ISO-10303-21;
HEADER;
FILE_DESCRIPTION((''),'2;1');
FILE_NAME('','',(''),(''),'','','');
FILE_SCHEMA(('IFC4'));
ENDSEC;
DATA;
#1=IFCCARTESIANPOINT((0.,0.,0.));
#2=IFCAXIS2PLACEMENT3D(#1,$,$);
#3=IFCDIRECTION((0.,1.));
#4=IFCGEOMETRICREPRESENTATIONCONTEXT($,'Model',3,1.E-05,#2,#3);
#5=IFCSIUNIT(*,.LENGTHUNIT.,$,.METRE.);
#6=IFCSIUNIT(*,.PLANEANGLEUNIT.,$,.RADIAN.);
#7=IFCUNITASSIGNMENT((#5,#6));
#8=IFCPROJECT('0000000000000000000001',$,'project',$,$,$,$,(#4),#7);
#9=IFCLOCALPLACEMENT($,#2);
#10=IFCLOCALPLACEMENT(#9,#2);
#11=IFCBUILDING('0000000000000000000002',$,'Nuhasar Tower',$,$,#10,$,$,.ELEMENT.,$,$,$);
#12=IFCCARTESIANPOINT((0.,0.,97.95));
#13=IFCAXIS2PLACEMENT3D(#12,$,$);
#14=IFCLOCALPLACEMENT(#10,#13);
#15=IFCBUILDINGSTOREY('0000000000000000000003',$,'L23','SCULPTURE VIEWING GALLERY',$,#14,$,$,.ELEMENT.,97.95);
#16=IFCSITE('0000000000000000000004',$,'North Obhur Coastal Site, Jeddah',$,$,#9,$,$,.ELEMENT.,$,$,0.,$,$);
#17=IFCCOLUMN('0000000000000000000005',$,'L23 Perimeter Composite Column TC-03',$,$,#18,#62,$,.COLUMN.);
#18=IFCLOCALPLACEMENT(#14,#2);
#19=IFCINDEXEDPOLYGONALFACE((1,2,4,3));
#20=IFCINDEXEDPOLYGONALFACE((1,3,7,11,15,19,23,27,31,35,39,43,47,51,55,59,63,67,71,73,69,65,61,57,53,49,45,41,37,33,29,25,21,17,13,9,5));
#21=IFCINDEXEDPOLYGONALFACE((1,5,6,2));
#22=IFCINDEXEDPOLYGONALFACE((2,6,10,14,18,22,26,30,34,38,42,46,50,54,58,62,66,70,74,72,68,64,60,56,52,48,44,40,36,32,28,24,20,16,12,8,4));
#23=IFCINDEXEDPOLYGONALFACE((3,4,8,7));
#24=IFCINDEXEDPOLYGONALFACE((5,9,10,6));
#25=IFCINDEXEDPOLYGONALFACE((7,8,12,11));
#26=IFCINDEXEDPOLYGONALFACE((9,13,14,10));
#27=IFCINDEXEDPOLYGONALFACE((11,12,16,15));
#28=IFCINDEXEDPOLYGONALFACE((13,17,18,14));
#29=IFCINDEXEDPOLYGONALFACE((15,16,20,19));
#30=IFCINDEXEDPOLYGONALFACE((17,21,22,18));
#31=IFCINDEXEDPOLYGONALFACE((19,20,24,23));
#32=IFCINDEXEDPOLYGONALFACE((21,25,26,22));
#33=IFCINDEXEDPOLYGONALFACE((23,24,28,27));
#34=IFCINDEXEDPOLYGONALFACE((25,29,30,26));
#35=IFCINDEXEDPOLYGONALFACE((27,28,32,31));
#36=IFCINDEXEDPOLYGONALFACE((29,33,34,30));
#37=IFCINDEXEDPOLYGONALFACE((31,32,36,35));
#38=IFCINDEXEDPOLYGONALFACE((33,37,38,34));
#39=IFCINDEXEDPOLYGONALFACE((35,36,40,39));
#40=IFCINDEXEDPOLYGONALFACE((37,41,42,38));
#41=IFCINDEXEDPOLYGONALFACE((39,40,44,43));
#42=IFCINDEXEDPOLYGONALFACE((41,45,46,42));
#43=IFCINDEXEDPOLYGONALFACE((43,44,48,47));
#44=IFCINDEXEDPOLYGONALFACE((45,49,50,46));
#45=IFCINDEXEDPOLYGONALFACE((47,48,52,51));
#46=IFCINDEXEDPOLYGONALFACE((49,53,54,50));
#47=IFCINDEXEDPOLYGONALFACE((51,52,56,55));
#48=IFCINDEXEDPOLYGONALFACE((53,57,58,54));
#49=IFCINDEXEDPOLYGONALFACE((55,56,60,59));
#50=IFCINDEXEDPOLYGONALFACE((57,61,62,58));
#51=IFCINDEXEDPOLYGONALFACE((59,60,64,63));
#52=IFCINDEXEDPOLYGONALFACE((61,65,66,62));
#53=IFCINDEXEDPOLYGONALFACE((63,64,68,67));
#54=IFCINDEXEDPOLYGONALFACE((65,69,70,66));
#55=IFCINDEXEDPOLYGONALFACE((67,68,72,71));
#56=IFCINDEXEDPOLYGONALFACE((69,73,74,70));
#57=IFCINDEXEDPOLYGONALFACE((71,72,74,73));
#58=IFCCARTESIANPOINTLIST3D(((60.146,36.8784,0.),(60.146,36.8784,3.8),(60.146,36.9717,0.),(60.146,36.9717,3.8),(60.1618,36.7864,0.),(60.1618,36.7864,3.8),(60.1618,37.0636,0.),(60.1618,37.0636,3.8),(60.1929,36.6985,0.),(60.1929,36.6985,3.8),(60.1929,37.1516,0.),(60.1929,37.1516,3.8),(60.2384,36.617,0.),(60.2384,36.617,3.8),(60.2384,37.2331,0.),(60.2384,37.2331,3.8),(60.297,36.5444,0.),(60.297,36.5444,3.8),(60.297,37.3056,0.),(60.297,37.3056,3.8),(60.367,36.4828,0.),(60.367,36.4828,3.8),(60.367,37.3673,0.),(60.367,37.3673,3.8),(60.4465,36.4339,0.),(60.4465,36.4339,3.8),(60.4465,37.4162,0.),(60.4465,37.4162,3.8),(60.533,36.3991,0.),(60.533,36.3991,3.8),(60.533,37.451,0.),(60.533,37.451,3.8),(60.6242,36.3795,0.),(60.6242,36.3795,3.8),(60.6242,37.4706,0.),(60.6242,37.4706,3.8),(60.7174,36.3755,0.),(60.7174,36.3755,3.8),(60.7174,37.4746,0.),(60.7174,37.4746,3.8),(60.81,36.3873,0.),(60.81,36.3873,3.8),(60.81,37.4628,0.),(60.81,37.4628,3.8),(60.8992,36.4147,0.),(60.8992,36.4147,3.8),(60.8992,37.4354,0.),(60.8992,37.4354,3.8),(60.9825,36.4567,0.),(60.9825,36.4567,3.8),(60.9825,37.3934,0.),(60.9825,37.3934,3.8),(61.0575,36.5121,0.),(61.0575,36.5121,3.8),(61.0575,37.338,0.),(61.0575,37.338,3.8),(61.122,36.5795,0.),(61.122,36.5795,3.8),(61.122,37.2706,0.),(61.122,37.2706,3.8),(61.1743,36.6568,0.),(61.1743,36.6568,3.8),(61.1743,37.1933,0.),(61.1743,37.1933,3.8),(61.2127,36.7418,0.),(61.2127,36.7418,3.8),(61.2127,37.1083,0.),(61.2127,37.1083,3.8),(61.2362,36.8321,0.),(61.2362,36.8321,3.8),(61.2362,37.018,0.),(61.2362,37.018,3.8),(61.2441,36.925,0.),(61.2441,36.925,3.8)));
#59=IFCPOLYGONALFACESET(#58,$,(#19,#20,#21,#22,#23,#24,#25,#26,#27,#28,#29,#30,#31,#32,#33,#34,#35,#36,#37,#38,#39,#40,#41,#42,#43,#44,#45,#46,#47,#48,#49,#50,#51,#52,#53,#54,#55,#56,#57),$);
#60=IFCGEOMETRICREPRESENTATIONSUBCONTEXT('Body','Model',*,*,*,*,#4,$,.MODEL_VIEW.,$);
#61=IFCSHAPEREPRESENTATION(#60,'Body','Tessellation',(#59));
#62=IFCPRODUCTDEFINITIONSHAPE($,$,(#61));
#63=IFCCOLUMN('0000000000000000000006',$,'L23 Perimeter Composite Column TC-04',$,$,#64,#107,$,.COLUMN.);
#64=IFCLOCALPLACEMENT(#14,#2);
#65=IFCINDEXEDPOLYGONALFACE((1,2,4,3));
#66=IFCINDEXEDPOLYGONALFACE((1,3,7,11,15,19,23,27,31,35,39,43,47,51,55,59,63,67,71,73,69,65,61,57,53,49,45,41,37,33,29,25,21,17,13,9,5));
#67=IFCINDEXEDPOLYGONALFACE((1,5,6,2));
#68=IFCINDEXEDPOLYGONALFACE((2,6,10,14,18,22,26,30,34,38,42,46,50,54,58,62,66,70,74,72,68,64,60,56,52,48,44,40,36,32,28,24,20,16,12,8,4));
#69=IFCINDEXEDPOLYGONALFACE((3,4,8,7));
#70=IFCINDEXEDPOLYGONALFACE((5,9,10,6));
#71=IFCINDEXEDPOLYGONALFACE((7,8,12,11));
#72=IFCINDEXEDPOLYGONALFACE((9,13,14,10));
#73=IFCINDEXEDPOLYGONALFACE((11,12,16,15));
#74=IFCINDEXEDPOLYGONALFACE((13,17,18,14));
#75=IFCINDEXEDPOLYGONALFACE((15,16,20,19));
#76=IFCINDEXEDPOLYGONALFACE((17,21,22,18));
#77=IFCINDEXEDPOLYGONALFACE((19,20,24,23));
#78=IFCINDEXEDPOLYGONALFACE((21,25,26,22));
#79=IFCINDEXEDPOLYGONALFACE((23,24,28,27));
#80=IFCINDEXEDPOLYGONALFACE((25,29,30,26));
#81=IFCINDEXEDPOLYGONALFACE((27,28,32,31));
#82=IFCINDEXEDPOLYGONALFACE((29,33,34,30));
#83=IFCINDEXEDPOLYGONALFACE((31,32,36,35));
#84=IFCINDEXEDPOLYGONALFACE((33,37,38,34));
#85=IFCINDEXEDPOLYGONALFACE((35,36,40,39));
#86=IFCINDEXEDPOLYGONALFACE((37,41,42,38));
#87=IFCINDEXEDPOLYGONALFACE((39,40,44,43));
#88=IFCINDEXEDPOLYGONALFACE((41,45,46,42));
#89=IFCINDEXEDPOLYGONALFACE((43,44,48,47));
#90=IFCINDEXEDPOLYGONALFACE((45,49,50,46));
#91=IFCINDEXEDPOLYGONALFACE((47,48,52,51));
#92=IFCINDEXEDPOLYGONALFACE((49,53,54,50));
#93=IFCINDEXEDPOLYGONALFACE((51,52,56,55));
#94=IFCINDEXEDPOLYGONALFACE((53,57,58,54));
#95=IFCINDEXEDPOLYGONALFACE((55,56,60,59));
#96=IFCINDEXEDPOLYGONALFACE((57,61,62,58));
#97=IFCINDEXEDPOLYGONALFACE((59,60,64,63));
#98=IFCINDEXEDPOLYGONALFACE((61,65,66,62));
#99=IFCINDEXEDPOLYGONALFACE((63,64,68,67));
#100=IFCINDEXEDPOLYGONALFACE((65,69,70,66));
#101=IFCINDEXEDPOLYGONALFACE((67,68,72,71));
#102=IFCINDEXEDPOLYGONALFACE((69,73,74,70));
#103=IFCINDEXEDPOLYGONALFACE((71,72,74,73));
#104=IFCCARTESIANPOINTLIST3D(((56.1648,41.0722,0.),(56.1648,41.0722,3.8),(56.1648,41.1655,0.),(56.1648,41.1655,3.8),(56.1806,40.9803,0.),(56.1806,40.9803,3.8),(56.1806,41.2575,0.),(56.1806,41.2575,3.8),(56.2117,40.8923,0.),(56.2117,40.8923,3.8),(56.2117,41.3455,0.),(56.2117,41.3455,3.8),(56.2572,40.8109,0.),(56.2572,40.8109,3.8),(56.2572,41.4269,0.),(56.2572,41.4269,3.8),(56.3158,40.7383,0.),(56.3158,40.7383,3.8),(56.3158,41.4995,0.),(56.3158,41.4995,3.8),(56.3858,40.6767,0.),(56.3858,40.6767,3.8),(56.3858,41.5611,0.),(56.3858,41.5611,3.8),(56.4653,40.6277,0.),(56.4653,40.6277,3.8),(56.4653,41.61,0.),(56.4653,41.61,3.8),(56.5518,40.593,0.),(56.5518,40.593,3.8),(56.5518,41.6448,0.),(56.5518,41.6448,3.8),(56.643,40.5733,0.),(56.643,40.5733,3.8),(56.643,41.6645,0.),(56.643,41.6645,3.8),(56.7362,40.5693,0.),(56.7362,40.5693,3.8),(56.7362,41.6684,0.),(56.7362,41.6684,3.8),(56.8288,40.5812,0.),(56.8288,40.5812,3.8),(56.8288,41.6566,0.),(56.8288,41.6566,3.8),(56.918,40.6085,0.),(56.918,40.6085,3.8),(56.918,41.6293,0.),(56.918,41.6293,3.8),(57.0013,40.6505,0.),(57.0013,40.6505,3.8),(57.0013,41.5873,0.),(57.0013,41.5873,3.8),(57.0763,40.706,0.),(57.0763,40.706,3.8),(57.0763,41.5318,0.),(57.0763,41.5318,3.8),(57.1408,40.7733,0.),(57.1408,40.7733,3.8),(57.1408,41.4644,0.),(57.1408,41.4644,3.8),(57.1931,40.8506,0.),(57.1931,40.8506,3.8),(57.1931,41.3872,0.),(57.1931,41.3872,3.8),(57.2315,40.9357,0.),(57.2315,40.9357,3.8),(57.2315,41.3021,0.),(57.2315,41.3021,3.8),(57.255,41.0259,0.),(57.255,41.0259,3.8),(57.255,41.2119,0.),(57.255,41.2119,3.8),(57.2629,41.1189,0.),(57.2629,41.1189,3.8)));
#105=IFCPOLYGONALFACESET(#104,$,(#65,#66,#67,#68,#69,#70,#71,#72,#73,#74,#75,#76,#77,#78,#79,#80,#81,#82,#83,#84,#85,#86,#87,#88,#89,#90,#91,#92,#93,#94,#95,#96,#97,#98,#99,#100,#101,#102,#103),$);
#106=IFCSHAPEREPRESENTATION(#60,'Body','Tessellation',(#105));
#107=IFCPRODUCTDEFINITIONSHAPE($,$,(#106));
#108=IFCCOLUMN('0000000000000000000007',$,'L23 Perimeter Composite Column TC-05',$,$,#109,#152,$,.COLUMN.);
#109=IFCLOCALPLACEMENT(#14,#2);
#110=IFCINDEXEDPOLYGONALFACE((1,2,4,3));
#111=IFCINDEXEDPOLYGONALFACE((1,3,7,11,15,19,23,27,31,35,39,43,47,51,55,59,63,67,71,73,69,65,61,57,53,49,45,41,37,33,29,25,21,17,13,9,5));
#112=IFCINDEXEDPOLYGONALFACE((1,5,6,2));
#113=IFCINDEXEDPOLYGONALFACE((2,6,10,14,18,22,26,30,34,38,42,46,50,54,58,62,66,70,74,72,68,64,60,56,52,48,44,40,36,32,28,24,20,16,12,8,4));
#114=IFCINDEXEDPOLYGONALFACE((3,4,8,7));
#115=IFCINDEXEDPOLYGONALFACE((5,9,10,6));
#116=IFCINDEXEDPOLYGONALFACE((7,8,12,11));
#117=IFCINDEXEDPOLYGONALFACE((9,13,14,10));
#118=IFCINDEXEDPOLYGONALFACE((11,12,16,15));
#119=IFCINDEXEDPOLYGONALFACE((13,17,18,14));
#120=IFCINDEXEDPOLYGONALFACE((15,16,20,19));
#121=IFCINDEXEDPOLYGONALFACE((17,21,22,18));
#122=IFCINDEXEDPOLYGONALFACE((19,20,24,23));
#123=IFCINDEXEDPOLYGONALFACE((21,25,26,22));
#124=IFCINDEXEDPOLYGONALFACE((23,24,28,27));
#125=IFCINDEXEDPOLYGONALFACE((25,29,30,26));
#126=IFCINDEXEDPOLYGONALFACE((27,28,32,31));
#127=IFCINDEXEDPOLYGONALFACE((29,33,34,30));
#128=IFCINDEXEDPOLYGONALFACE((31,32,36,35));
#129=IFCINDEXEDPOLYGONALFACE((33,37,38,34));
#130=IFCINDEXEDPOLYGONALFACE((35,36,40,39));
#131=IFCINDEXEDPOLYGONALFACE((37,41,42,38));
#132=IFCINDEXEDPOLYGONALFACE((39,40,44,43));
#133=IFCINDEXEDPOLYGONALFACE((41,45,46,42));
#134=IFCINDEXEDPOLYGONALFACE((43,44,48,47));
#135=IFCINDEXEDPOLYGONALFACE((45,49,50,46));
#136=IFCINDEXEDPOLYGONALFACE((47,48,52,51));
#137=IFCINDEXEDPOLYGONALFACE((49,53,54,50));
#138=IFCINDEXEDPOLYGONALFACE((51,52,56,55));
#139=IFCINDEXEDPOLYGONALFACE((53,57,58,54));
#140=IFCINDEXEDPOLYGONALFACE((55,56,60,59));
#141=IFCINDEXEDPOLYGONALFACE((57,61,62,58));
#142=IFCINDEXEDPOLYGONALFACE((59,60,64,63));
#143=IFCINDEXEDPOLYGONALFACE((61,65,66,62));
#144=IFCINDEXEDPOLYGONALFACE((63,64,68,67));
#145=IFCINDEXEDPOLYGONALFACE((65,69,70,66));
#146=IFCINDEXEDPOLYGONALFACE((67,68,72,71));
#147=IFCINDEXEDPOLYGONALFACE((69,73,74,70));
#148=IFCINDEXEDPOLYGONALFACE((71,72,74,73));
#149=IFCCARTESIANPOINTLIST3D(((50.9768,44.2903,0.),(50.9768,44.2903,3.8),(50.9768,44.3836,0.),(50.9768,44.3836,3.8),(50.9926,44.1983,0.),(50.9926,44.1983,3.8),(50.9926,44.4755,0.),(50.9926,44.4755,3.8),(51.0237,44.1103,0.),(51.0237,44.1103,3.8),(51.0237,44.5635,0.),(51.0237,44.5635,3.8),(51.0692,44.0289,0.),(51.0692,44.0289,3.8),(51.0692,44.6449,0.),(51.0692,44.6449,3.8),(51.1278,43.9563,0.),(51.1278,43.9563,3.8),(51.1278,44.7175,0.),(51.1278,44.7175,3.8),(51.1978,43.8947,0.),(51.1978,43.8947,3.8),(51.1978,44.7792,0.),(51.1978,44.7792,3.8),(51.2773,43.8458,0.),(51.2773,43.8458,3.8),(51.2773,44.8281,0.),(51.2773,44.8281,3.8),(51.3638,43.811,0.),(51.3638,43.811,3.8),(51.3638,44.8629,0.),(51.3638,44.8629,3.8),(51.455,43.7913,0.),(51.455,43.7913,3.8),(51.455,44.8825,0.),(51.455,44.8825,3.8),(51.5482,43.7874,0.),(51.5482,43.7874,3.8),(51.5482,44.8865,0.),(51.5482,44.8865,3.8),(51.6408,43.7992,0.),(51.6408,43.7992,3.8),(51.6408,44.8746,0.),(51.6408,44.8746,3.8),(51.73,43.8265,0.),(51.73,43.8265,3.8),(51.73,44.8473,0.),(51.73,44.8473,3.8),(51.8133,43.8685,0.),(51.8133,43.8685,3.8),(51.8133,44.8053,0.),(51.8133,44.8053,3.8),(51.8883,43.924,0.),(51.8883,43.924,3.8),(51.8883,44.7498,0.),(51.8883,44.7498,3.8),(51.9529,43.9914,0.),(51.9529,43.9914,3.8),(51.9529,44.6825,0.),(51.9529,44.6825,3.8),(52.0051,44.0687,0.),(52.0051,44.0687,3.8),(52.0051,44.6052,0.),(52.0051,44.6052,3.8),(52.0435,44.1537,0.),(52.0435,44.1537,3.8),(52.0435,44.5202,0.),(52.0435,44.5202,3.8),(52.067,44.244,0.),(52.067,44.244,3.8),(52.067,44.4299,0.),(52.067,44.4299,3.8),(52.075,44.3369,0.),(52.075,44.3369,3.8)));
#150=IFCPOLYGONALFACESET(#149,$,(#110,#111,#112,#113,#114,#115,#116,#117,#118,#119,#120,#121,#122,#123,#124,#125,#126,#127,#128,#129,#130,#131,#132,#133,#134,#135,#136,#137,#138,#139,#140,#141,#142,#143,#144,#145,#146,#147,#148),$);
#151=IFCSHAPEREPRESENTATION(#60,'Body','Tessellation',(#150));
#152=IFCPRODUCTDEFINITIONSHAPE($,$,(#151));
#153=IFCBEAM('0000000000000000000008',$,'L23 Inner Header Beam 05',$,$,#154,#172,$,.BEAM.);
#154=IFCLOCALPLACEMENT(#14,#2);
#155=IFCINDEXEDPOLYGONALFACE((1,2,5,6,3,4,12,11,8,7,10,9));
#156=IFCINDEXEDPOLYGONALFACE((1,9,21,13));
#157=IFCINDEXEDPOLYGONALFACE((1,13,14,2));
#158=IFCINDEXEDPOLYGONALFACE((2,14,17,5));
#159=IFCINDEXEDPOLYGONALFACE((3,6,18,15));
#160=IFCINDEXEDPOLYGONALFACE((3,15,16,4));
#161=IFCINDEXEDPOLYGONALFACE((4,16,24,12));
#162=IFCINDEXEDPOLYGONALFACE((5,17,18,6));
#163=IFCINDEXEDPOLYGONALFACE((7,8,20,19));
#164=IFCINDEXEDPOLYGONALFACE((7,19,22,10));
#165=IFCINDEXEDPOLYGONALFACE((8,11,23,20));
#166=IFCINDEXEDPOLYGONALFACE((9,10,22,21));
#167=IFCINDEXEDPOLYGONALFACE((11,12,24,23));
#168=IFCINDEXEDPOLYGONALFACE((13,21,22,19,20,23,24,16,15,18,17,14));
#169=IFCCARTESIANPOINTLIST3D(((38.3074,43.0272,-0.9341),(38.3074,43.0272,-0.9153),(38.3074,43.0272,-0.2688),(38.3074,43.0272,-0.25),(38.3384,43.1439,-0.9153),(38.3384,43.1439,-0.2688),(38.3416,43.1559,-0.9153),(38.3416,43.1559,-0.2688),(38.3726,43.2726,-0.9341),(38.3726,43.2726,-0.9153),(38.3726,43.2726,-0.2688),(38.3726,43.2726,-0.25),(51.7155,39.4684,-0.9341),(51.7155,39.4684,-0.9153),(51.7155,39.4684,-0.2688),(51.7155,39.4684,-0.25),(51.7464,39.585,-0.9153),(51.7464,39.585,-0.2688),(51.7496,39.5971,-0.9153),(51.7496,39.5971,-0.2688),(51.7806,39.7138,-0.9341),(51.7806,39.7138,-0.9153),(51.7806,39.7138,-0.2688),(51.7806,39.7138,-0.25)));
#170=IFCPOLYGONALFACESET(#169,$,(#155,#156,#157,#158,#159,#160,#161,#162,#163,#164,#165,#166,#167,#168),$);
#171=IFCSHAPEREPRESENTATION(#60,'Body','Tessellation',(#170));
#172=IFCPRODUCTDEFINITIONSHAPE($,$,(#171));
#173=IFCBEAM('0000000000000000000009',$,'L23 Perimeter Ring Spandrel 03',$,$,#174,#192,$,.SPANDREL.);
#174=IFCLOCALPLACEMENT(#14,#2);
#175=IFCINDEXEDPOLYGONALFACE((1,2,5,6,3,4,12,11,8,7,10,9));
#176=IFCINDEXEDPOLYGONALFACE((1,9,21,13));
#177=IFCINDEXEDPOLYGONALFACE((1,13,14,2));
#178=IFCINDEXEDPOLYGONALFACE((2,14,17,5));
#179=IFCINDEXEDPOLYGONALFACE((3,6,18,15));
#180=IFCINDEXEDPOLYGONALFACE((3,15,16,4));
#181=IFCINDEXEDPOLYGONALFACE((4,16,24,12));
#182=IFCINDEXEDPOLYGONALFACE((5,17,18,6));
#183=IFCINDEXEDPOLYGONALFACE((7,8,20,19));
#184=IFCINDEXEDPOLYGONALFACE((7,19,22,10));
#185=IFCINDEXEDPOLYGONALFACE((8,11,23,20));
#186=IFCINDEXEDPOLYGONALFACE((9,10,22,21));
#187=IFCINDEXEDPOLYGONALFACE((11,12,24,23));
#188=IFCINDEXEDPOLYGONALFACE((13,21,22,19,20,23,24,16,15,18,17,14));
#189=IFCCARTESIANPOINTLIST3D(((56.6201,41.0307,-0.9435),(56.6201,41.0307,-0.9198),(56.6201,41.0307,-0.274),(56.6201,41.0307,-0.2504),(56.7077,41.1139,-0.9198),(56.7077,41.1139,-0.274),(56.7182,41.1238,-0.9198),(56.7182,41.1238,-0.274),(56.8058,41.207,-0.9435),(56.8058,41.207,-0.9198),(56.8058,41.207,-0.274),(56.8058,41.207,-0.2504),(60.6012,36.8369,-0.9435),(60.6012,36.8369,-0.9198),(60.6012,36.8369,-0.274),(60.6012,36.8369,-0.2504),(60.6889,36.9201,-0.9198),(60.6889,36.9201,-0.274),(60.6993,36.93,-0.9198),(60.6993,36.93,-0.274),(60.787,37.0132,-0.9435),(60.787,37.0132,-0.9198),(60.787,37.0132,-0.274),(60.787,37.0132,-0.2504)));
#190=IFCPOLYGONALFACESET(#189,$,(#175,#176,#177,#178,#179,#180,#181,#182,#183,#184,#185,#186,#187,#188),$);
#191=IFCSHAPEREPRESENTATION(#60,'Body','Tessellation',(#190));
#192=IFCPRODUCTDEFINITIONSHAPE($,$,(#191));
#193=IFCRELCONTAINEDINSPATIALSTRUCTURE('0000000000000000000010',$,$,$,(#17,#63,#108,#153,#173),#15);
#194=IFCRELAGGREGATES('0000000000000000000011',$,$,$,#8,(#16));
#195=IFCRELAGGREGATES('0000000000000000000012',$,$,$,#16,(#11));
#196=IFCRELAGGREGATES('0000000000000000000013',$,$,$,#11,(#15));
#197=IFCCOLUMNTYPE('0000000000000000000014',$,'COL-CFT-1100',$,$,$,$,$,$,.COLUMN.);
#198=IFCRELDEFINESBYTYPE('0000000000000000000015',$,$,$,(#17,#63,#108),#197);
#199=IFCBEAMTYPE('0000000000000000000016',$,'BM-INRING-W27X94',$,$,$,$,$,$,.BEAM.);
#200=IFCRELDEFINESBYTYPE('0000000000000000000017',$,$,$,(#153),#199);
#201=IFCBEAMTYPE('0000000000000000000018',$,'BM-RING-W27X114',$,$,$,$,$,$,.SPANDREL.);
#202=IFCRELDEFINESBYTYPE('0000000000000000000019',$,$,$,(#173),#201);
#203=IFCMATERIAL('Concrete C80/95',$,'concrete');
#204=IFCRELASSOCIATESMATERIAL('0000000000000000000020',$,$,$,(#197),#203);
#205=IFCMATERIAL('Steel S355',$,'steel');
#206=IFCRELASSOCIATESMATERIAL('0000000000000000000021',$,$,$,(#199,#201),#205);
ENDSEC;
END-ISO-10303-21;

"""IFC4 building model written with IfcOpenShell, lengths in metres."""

from ifc_helpers import new_model, si_unit, direction, frame, origin, origin_2d, place, context, subcontext, project, spatial, circle, i_section, extrude, material, material_profile, profile_set, type_object, element, save


model = new_model("IFC4")

# Units and contexts
model_context = context("Model", 3, precision=1e-05, world=origin(), true_north=direction((0.0, 1.0)))
body_context = subcontext(model_context, "Body", "Model", "MODEL_VIEW")
ifc_project = project(units=[si_unit("LENGTHUNIT", "METRE"), si_unit("PLANEANGLEUNIT", "RADIAN")], contexts=[model_context])

# Site, building, storey
site_placement = place(None, origin())
site = spatial("IfcSite", under=ifc_project, at=site_placement, Name="North Obhur Coastal Site, Jeddah", CompositionType="ELEMENT", RefElevation=0.0)
building_placement = place(site_placement, origin())
building = spatial("IfcBuilding", under=site, at=building_placement, Name="Nuhasar Tower", CompositionType="ELEMENT")
storey_placement = place(building_placement, frame((0.0, 0.0, 97.95)))
storey = spatial("IfcBuildingStorey", under=building, at=storey_placement, Name="L23", Description="SCULPTURE VIEWING GALLERY", CompositionType="ELEMENT", Elevation=97.95)

# Columns
ifc_material_1 = material(Name="Concrete C80/95", Category="concrete")
ifc_material_profile_1 = material_profile(ifc_material_1, circle(Radius=0.55, at=origin_2d()), Name="CFT1100")
ifc_profile_set_1 = profile_set([ifc_material_profile_1], Name="Concrete C80/95")
column_type = type_object("IfcColumnType", Name="COL-CFT-1100", PredefinedType="COLUMN", material=ifc_profile_set_1)
for number, where, z_axis, x_axis, name in (
    (1, (60.6941, 36.925, 0.0), (0.0, 0.0, 1.0), (1.0, 0.0, 0.0), "L23 Perimeter Composite Column TC-03"),
    (2, (56.7129, 41.1189, 0.0), (0.0, 0.0, 1.0), (1.0, 0.0, 0.0), "L23 Perimeter Composite Column TC-04"),
    (3, (51.5249, 44.3369, 0.0), (0.0, 0.0, 1.0), (1.0, 0.0, 0.0), "L23 Perimeter Composite Column TC-05"),
):
    element("IfcColumn", number, at=place(storey_placement, frame(where, z_axis=z_axis, x_axis=x_axis)), inside=storey, type_object=column_type, Name=name, PredefinedType="COLUMN", context=body_context, shape_type="SweptSolid", body=[
        extrude(circle(Radius=0.55, at=origin_2d()), origin(), (0.0, 0.0, 1.0), 3.8),
    ])

# Beams
ifc_material_2 = material(Name="Steel S355", Category="steel")
ifc_material_profile_2 = material_profile(ifc_material_2, i_section(OverallWidth=0.2539, OverallDepth=0.6841, WebThickness=0.0125, FlangeThickness=0.0188, at=origin_2d()), Name="W27X94")
ifc_profile_set_2 = profile_set([ifc_material_profile_2], Name="Steel S355")
beam_type_1 = type_object("IfcBeamType", Name="BM-INRING-W27X94", PredefinedType="BEAM", material=ifc_profile_set_2)
beam_1_placement = place(storey_placement, frame((51.748, 39.5911, -0.592), z_axis=(-0.966533, 0.256544, 0.0), x_axis=(-0.256544, -0.966533, 0.0)))
element("IfcBeam", 4, at=beam_1_placement, inside=storey, type_object=beam_type_1, Name="L23 Inner Header Beam 05", PredefinedType="BEAM", context=body_context, shape_type="SweptSolid", body=[
    extrude(i_section(OverallWidth=0.2539, OverallDepth=0.6841, WebThickness=0.0125, FlangeThickness=0.0188, at=origin_2d()), origin(), (0.0, 0.0, 1.0), 13.8723),
])
ifc_material_profile_3 = material_profile(ifc_material_2, i_section(OverallWidth=0.2561, OverallDepth=0.6931, WebThickness=0.0144, FlangeThickness=0.0237, at=origin_2d()), Name="W27X114")
ifc_profile_set_3 = profile_set([ifc_material_profile_3], Name="Steel S355")
beam_type_2 = type_object("IfcBeamType", Name="BM-RING-W27X114", PredefinedType="SPANDREL", material=ifc_profile_set_3)
beam_2_placement = place(storey_placement, frame((60.6941, 36.925, -0.5969), z_axis=(-0.688481, 0.725254, 0.0), x_axis=(-0.725254, -0.688481, 0.0)))
element("IfcBeam", 5, at=beam_2_placement, inside=storey, type_object=beam_type_2, Name="L23 Perimeter Ring Spandrel 03", PredefinedType="SPANDREL", context=body_context, shape_type="SweptSolid", body=[
    extrude(i_section(OverallWidth=0.2561, OverallDepth=0.6931, WebThickness=0.0144, FlangeThickness=0.0237, at=origin_2d()), origin(), (0.0, 0.0, 1.0), 5.7825),
])

save(model, "model.ifc")
